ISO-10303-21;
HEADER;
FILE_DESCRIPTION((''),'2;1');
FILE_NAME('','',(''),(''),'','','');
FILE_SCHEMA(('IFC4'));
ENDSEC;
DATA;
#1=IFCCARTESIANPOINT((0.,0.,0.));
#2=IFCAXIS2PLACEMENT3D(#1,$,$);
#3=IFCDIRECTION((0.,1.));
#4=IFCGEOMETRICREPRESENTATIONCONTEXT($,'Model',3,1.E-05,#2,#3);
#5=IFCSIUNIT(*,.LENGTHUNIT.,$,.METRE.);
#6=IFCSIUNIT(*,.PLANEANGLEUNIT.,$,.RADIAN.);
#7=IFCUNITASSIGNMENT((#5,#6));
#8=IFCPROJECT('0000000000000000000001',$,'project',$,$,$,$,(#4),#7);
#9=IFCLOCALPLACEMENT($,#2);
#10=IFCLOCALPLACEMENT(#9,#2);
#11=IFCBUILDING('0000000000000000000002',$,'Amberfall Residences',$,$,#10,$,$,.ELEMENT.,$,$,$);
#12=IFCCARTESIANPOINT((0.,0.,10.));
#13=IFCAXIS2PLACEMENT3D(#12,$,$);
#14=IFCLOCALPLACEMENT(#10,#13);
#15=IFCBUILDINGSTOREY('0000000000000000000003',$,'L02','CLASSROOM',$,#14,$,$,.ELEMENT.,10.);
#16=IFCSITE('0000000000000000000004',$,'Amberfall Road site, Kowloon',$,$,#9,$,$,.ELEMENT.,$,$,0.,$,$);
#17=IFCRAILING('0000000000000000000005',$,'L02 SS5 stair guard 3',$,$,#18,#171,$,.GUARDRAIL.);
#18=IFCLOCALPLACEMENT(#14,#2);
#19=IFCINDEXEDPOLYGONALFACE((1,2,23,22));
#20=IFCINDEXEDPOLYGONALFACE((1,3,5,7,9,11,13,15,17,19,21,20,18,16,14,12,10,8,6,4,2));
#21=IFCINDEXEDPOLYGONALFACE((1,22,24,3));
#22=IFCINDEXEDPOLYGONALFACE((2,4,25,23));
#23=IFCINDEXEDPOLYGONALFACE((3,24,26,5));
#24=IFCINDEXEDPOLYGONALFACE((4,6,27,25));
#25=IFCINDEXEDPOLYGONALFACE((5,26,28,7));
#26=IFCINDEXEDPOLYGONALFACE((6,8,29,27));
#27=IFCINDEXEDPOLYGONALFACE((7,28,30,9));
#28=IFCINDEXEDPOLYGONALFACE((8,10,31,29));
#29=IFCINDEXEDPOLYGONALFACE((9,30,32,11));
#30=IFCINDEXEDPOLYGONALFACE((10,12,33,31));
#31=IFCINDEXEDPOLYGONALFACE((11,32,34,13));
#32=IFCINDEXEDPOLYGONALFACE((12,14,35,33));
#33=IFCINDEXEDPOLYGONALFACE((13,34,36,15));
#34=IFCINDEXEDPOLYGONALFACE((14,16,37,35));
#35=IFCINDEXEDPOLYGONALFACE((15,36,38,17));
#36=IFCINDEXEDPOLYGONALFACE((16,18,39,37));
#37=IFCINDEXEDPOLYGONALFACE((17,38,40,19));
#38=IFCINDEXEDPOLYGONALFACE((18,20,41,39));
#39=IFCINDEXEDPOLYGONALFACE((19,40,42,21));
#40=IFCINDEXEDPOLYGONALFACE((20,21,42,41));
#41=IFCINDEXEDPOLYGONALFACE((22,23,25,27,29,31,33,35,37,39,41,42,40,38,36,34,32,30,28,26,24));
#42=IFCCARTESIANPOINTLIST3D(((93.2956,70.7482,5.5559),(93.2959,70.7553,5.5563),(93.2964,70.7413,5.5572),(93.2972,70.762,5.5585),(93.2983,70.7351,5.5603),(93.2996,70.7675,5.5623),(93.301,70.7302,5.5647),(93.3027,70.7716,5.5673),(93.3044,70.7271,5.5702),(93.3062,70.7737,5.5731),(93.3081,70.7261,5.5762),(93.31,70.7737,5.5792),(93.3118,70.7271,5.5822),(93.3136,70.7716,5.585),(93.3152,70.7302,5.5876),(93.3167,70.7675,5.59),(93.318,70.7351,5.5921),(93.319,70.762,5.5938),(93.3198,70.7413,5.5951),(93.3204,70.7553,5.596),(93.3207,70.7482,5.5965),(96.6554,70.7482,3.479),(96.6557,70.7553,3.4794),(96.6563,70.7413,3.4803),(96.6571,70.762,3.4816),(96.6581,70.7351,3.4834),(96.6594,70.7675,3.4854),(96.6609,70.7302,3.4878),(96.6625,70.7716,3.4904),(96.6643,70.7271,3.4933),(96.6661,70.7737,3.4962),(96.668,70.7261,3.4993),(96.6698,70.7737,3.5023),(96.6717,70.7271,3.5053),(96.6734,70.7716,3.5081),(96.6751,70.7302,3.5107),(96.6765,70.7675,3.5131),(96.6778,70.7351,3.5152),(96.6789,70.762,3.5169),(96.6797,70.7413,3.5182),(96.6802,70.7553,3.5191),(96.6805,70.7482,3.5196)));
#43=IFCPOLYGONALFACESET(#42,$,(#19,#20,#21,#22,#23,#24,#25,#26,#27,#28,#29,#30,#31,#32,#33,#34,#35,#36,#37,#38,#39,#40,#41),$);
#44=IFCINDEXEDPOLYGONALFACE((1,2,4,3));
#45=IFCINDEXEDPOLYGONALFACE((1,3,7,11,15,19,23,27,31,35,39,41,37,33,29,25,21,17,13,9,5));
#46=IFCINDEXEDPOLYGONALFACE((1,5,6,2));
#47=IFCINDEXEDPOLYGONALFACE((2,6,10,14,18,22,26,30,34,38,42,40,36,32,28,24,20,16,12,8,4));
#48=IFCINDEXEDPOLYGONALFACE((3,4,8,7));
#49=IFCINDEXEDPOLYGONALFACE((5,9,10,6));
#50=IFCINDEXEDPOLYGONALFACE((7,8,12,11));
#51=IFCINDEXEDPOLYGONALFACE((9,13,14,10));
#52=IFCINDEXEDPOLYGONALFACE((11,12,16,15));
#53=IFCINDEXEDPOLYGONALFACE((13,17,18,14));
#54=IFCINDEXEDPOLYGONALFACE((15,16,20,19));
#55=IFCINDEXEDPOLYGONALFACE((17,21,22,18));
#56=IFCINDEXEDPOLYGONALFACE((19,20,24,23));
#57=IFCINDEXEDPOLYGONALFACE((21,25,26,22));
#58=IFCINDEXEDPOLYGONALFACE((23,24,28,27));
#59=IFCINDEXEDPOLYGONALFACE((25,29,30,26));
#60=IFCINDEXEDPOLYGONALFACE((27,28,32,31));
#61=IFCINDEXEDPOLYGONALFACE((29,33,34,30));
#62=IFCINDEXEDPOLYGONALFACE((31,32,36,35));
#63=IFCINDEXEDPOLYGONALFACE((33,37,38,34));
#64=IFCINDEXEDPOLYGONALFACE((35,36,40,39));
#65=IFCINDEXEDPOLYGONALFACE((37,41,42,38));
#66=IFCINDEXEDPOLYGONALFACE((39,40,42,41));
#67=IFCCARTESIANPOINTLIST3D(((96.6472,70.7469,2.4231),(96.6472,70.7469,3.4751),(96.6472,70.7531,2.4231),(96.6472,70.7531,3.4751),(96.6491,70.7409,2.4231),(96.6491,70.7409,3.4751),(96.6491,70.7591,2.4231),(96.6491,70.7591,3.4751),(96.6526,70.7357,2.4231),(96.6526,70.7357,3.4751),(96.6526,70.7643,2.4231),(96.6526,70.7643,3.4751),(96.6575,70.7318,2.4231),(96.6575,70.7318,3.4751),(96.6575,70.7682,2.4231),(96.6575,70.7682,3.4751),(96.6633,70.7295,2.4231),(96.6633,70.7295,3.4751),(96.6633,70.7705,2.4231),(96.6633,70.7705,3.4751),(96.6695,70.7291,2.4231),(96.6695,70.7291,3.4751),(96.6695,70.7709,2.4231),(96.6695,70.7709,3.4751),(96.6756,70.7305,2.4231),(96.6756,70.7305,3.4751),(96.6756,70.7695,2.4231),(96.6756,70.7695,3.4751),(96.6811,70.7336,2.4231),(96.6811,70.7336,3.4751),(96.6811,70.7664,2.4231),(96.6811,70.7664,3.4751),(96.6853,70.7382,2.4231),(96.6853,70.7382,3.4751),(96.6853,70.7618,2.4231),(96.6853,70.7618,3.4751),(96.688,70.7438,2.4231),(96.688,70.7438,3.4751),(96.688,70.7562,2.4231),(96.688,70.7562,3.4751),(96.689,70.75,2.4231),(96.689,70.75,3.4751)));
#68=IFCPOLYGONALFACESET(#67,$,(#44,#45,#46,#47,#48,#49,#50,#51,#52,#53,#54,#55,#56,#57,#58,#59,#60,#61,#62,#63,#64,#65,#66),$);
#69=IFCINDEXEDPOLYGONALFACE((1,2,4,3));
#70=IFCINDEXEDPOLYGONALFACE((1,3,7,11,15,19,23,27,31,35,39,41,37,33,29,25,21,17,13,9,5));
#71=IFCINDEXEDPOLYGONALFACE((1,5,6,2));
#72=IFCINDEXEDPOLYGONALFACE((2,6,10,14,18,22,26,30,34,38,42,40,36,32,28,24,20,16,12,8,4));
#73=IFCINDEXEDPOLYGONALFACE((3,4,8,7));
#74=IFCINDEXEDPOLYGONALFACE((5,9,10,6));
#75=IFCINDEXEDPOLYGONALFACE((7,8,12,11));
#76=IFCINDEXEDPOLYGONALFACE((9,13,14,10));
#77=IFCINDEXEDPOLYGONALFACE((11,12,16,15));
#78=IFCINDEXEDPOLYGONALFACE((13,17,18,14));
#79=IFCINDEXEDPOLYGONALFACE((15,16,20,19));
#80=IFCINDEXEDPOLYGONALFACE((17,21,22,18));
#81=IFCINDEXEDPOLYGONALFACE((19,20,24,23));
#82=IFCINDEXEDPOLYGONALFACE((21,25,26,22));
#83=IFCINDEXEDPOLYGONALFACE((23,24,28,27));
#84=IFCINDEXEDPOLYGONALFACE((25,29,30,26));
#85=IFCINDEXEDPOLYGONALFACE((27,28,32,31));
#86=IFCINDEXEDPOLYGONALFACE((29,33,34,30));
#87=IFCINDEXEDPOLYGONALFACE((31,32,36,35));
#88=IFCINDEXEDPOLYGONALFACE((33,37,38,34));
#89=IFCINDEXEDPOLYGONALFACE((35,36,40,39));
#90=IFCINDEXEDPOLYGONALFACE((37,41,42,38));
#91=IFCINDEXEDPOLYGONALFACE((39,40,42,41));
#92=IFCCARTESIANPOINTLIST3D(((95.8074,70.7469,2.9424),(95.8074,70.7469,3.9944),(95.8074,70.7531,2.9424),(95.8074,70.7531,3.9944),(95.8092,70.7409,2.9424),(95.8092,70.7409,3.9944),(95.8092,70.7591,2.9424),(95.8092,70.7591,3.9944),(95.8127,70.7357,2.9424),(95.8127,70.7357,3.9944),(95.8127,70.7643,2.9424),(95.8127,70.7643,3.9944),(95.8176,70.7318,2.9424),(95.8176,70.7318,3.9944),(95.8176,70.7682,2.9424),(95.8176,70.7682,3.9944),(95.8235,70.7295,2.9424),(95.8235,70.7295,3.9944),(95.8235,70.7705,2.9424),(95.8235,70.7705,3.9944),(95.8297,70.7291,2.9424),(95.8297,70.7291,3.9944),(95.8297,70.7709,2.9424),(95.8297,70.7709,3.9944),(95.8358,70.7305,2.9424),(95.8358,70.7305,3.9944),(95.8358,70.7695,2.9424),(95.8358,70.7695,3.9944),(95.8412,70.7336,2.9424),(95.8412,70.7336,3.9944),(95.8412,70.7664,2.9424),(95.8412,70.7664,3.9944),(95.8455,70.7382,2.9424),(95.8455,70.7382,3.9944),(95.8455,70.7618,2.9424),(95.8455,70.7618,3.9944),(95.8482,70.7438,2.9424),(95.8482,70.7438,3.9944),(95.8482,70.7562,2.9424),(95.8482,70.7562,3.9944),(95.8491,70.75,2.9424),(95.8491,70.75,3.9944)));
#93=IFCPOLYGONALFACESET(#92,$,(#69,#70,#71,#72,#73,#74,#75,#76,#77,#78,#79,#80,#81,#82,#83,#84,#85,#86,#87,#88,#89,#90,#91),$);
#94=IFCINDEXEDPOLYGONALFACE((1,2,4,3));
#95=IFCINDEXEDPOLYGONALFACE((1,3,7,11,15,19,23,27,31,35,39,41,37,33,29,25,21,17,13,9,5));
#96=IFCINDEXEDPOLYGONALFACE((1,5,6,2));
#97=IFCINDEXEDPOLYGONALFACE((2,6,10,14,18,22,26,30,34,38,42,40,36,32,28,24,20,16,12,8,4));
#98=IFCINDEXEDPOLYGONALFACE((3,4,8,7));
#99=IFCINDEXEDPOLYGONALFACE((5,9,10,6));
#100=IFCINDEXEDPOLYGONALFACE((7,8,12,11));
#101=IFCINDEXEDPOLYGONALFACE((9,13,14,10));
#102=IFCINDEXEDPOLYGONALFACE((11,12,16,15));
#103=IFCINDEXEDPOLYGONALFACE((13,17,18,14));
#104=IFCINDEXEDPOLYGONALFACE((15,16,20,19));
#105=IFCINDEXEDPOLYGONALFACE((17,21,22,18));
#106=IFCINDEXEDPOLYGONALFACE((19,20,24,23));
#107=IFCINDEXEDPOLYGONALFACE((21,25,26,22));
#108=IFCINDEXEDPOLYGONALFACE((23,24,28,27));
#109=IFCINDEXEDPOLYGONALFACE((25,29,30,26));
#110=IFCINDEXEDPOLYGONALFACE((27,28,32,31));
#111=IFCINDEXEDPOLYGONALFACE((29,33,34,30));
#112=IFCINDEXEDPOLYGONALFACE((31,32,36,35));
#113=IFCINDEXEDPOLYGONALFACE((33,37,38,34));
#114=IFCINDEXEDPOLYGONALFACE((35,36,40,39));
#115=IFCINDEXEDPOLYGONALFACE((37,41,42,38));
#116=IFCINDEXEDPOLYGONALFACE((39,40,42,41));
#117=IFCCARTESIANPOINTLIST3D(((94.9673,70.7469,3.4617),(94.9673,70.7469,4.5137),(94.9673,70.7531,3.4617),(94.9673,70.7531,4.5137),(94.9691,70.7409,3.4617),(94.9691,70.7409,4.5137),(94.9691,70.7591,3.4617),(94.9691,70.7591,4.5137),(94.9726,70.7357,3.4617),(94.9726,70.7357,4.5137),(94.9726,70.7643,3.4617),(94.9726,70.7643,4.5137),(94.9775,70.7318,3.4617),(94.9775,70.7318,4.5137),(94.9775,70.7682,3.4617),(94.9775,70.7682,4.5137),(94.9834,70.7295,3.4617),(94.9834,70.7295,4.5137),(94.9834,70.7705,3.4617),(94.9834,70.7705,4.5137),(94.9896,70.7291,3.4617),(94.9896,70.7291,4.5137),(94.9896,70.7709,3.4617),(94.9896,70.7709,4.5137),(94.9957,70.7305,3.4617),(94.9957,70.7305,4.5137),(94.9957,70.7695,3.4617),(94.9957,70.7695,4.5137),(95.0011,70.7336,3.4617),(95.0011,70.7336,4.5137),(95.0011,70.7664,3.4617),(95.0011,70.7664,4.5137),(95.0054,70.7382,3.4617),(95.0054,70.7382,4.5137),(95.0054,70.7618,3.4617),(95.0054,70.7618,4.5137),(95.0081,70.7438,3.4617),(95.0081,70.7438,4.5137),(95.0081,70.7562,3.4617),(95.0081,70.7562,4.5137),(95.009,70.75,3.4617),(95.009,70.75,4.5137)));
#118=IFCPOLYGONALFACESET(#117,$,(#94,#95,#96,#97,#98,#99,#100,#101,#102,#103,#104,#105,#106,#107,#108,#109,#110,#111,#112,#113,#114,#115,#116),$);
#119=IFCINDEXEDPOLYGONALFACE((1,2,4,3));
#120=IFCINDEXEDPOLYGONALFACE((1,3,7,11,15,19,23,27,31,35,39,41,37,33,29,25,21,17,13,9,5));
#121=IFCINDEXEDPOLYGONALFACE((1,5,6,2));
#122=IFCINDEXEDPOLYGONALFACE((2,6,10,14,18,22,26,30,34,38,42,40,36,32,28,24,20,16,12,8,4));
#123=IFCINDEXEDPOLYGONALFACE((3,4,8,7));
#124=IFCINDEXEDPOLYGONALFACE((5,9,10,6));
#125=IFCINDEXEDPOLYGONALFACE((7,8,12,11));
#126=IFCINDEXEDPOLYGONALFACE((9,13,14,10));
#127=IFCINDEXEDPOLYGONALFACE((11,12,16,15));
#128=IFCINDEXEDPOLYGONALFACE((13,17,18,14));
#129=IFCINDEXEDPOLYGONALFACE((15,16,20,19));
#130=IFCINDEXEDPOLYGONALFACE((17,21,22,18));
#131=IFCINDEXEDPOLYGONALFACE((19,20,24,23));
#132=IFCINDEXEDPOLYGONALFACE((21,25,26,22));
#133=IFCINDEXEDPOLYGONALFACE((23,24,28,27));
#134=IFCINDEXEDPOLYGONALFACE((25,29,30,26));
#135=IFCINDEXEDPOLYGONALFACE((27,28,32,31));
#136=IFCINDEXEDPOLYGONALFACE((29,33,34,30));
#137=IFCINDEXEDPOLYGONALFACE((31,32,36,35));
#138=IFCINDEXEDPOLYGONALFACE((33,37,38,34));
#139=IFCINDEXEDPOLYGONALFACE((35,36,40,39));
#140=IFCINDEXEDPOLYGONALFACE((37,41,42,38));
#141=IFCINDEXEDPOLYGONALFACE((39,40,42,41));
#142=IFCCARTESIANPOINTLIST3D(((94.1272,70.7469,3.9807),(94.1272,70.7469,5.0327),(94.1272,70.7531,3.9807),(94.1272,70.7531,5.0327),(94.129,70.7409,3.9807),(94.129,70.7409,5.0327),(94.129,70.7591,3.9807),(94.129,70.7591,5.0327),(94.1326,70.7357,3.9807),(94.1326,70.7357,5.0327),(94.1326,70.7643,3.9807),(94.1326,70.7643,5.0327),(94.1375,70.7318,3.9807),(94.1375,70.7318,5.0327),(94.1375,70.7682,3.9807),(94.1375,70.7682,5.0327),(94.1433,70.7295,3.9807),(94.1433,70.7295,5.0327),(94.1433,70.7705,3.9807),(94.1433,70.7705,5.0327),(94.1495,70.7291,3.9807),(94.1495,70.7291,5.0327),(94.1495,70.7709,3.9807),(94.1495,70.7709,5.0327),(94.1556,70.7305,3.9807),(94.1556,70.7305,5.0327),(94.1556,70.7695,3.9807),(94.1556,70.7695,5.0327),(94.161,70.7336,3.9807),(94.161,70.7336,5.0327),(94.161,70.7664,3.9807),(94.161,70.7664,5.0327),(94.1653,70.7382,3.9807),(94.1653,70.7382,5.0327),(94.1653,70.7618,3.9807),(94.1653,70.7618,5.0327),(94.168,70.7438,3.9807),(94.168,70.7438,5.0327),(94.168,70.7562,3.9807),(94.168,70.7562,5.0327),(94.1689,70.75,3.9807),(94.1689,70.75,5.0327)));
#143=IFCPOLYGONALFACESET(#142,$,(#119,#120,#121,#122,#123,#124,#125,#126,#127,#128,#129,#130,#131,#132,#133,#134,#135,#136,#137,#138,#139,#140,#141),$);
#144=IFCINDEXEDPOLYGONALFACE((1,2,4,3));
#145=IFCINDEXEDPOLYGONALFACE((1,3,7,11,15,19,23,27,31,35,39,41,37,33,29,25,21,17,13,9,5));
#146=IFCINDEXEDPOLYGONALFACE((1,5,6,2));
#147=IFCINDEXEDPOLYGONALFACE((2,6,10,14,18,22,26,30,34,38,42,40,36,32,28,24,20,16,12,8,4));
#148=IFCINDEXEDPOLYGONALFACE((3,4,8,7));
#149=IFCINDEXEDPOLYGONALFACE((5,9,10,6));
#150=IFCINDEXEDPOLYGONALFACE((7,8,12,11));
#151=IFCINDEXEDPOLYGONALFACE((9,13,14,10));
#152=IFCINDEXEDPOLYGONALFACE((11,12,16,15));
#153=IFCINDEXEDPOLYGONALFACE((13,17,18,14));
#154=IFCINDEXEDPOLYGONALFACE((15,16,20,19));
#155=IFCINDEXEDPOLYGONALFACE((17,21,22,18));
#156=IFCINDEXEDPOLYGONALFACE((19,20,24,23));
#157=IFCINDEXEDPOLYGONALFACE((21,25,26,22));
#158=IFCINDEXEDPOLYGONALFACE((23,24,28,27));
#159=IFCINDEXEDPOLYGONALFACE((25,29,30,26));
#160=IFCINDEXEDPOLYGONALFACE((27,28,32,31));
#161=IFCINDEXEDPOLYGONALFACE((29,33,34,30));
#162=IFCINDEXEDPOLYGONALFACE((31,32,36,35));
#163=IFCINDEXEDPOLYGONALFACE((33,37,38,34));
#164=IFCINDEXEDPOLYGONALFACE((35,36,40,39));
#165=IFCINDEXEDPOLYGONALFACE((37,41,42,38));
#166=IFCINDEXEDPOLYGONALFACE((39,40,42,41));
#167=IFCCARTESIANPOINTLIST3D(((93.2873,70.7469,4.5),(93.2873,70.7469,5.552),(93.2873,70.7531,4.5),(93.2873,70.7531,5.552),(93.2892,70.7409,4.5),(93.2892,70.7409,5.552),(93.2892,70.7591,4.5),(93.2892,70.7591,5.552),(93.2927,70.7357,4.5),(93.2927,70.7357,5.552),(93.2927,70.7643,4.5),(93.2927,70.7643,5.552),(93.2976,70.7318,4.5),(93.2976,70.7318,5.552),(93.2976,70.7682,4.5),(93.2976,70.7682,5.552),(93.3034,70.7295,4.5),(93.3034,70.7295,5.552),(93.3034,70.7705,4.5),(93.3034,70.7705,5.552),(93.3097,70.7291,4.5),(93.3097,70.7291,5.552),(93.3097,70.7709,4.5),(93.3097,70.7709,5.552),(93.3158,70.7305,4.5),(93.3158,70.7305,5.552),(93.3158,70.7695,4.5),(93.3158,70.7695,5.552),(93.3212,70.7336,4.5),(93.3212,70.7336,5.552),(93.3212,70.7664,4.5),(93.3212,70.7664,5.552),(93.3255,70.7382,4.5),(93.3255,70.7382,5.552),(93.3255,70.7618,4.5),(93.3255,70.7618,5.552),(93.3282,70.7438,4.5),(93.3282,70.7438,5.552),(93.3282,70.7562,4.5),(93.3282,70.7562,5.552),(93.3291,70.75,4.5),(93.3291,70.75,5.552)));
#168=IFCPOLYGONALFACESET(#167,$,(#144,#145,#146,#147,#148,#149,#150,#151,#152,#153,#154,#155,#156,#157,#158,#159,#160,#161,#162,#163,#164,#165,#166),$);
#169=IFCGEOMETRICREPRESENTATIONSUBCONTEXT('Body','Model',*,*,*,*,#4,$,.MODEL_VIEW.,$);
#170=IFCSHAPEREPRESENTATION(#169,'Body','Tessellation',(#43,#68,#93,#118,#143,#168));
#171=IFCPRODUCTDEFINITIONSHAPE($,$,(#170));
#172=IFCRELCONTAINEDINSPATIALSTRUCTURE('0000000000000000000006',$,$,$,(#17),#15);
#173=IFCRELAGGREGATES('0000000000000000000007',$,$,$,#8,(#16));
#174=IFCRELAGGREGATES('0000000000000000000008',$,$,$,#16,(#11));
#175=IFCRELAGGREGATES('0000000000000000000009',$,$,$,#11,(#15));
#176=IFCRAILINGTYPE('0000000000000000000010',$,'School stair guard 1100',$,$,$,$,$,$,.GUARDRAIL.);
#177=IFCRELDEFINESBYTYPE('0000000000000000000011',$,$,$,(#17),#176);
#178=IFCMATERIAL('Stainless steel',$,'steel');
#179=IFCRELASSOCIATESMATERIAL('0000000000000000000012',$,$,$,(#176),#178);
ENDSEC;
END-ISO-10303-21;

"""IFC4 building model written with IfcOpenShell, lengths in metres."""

from ifc_helpers import new_model, si_unit, direction, frame, origin, origin_2d, place, context, subcontext, project, spatial, circle, extrude, material, type_object, element, save


model = new_model("IFC4")

# Units and contexts
model_context = context("Model", 3, precision=1e-05, world=origin(), true_north=direction((0.0, 1.0)))
body_context = subcontext(model_context, "Body", "Model", "MODEL_VIEW")
ifc_project = project(units=[si_unit("LENGTHUNIT", "METRE"), si_unit("PLANEANGLEUNIT", "RADIAN")], contexts=[model_context])

# Site, building, storey
site_placement = place(None, origin())
site = spatial("IfcSite", under=ifc_project, at=site_placement, Name="Amberfall Road site, Kowloon", CompositionType="ELEMENT", RefElevation=0.0)
building_placement = place(site_placement, origin())
building = spatial("IfcBuilding", under=site, at=building_placement, Name="Amberfall Residences", CompositionType="ELEMENT")
storey_placement = place(building_placement, frame((0.0, 0.0, 10.0)))
storey = spatial("IfcBuildingStorey", under=building, at=storey_placement, Name="L02", Description="CLASSROOM", CompositionType="ELEMENT", Elevation=10.0)

# Railing
ifc_material_1 = material(Name="Stainless steel", Category="steel")
railing_type_1 = type_object("IfcRailingType", Name="School stair guard 1100", PredefinedType="GUARDRAIL", material=ifc_material_1)
railing_1_placement = place(storey_placement, frame((96.668, 70.75, 2.4231)))
element("IfcRailing", 1, at=railing_1_placement, inside=storey, type_object=railing_type_1, Name="L02 SS5 stair guard 3", PredefinedType="GUARDRAIL", context=body_context, shape_type="SweptSolid", body=[
    extrude(circle(Radius=0.0239, at=origin_2d()), frame((0.0, 0.0, 1.0762), z_axis=(-0.850606, 0.0, 0.525803), x_axis=(0.0, -1.0, 0.0)), (0.0, 0.0, 1.0), 3.95),
    extrude(circle(Radius=0.021, at=origin_2d()), origin(), (0.0, 0.0, 1.0), 1.052),
    extrude(circle(Radius=0.021, at=origin_2d()), frame((-0.8398, 0.0, 0.5193)), (0.0, 0.0, 1.0), 1.052),
    extrude(circle(Radius=0.021, at=origin_2d()), frame((-1.6799, 0.0, 1.0386)), (0.0, 0.0, 1.0), 1.052),
    extrude(circle(Radius=0.021, at=origin_2d()), frame((-2.52, 0.0, 1.5576)), (0.0, 0.0, 1.0), 1.052),
    extrude(circle(Radius=0.021, at=origin_2d()), frame((-3.3599, 0.0, 2.0769)), (0.0, 0.0, 1.0), 1.052),
])

save(model, "model.ifc")
